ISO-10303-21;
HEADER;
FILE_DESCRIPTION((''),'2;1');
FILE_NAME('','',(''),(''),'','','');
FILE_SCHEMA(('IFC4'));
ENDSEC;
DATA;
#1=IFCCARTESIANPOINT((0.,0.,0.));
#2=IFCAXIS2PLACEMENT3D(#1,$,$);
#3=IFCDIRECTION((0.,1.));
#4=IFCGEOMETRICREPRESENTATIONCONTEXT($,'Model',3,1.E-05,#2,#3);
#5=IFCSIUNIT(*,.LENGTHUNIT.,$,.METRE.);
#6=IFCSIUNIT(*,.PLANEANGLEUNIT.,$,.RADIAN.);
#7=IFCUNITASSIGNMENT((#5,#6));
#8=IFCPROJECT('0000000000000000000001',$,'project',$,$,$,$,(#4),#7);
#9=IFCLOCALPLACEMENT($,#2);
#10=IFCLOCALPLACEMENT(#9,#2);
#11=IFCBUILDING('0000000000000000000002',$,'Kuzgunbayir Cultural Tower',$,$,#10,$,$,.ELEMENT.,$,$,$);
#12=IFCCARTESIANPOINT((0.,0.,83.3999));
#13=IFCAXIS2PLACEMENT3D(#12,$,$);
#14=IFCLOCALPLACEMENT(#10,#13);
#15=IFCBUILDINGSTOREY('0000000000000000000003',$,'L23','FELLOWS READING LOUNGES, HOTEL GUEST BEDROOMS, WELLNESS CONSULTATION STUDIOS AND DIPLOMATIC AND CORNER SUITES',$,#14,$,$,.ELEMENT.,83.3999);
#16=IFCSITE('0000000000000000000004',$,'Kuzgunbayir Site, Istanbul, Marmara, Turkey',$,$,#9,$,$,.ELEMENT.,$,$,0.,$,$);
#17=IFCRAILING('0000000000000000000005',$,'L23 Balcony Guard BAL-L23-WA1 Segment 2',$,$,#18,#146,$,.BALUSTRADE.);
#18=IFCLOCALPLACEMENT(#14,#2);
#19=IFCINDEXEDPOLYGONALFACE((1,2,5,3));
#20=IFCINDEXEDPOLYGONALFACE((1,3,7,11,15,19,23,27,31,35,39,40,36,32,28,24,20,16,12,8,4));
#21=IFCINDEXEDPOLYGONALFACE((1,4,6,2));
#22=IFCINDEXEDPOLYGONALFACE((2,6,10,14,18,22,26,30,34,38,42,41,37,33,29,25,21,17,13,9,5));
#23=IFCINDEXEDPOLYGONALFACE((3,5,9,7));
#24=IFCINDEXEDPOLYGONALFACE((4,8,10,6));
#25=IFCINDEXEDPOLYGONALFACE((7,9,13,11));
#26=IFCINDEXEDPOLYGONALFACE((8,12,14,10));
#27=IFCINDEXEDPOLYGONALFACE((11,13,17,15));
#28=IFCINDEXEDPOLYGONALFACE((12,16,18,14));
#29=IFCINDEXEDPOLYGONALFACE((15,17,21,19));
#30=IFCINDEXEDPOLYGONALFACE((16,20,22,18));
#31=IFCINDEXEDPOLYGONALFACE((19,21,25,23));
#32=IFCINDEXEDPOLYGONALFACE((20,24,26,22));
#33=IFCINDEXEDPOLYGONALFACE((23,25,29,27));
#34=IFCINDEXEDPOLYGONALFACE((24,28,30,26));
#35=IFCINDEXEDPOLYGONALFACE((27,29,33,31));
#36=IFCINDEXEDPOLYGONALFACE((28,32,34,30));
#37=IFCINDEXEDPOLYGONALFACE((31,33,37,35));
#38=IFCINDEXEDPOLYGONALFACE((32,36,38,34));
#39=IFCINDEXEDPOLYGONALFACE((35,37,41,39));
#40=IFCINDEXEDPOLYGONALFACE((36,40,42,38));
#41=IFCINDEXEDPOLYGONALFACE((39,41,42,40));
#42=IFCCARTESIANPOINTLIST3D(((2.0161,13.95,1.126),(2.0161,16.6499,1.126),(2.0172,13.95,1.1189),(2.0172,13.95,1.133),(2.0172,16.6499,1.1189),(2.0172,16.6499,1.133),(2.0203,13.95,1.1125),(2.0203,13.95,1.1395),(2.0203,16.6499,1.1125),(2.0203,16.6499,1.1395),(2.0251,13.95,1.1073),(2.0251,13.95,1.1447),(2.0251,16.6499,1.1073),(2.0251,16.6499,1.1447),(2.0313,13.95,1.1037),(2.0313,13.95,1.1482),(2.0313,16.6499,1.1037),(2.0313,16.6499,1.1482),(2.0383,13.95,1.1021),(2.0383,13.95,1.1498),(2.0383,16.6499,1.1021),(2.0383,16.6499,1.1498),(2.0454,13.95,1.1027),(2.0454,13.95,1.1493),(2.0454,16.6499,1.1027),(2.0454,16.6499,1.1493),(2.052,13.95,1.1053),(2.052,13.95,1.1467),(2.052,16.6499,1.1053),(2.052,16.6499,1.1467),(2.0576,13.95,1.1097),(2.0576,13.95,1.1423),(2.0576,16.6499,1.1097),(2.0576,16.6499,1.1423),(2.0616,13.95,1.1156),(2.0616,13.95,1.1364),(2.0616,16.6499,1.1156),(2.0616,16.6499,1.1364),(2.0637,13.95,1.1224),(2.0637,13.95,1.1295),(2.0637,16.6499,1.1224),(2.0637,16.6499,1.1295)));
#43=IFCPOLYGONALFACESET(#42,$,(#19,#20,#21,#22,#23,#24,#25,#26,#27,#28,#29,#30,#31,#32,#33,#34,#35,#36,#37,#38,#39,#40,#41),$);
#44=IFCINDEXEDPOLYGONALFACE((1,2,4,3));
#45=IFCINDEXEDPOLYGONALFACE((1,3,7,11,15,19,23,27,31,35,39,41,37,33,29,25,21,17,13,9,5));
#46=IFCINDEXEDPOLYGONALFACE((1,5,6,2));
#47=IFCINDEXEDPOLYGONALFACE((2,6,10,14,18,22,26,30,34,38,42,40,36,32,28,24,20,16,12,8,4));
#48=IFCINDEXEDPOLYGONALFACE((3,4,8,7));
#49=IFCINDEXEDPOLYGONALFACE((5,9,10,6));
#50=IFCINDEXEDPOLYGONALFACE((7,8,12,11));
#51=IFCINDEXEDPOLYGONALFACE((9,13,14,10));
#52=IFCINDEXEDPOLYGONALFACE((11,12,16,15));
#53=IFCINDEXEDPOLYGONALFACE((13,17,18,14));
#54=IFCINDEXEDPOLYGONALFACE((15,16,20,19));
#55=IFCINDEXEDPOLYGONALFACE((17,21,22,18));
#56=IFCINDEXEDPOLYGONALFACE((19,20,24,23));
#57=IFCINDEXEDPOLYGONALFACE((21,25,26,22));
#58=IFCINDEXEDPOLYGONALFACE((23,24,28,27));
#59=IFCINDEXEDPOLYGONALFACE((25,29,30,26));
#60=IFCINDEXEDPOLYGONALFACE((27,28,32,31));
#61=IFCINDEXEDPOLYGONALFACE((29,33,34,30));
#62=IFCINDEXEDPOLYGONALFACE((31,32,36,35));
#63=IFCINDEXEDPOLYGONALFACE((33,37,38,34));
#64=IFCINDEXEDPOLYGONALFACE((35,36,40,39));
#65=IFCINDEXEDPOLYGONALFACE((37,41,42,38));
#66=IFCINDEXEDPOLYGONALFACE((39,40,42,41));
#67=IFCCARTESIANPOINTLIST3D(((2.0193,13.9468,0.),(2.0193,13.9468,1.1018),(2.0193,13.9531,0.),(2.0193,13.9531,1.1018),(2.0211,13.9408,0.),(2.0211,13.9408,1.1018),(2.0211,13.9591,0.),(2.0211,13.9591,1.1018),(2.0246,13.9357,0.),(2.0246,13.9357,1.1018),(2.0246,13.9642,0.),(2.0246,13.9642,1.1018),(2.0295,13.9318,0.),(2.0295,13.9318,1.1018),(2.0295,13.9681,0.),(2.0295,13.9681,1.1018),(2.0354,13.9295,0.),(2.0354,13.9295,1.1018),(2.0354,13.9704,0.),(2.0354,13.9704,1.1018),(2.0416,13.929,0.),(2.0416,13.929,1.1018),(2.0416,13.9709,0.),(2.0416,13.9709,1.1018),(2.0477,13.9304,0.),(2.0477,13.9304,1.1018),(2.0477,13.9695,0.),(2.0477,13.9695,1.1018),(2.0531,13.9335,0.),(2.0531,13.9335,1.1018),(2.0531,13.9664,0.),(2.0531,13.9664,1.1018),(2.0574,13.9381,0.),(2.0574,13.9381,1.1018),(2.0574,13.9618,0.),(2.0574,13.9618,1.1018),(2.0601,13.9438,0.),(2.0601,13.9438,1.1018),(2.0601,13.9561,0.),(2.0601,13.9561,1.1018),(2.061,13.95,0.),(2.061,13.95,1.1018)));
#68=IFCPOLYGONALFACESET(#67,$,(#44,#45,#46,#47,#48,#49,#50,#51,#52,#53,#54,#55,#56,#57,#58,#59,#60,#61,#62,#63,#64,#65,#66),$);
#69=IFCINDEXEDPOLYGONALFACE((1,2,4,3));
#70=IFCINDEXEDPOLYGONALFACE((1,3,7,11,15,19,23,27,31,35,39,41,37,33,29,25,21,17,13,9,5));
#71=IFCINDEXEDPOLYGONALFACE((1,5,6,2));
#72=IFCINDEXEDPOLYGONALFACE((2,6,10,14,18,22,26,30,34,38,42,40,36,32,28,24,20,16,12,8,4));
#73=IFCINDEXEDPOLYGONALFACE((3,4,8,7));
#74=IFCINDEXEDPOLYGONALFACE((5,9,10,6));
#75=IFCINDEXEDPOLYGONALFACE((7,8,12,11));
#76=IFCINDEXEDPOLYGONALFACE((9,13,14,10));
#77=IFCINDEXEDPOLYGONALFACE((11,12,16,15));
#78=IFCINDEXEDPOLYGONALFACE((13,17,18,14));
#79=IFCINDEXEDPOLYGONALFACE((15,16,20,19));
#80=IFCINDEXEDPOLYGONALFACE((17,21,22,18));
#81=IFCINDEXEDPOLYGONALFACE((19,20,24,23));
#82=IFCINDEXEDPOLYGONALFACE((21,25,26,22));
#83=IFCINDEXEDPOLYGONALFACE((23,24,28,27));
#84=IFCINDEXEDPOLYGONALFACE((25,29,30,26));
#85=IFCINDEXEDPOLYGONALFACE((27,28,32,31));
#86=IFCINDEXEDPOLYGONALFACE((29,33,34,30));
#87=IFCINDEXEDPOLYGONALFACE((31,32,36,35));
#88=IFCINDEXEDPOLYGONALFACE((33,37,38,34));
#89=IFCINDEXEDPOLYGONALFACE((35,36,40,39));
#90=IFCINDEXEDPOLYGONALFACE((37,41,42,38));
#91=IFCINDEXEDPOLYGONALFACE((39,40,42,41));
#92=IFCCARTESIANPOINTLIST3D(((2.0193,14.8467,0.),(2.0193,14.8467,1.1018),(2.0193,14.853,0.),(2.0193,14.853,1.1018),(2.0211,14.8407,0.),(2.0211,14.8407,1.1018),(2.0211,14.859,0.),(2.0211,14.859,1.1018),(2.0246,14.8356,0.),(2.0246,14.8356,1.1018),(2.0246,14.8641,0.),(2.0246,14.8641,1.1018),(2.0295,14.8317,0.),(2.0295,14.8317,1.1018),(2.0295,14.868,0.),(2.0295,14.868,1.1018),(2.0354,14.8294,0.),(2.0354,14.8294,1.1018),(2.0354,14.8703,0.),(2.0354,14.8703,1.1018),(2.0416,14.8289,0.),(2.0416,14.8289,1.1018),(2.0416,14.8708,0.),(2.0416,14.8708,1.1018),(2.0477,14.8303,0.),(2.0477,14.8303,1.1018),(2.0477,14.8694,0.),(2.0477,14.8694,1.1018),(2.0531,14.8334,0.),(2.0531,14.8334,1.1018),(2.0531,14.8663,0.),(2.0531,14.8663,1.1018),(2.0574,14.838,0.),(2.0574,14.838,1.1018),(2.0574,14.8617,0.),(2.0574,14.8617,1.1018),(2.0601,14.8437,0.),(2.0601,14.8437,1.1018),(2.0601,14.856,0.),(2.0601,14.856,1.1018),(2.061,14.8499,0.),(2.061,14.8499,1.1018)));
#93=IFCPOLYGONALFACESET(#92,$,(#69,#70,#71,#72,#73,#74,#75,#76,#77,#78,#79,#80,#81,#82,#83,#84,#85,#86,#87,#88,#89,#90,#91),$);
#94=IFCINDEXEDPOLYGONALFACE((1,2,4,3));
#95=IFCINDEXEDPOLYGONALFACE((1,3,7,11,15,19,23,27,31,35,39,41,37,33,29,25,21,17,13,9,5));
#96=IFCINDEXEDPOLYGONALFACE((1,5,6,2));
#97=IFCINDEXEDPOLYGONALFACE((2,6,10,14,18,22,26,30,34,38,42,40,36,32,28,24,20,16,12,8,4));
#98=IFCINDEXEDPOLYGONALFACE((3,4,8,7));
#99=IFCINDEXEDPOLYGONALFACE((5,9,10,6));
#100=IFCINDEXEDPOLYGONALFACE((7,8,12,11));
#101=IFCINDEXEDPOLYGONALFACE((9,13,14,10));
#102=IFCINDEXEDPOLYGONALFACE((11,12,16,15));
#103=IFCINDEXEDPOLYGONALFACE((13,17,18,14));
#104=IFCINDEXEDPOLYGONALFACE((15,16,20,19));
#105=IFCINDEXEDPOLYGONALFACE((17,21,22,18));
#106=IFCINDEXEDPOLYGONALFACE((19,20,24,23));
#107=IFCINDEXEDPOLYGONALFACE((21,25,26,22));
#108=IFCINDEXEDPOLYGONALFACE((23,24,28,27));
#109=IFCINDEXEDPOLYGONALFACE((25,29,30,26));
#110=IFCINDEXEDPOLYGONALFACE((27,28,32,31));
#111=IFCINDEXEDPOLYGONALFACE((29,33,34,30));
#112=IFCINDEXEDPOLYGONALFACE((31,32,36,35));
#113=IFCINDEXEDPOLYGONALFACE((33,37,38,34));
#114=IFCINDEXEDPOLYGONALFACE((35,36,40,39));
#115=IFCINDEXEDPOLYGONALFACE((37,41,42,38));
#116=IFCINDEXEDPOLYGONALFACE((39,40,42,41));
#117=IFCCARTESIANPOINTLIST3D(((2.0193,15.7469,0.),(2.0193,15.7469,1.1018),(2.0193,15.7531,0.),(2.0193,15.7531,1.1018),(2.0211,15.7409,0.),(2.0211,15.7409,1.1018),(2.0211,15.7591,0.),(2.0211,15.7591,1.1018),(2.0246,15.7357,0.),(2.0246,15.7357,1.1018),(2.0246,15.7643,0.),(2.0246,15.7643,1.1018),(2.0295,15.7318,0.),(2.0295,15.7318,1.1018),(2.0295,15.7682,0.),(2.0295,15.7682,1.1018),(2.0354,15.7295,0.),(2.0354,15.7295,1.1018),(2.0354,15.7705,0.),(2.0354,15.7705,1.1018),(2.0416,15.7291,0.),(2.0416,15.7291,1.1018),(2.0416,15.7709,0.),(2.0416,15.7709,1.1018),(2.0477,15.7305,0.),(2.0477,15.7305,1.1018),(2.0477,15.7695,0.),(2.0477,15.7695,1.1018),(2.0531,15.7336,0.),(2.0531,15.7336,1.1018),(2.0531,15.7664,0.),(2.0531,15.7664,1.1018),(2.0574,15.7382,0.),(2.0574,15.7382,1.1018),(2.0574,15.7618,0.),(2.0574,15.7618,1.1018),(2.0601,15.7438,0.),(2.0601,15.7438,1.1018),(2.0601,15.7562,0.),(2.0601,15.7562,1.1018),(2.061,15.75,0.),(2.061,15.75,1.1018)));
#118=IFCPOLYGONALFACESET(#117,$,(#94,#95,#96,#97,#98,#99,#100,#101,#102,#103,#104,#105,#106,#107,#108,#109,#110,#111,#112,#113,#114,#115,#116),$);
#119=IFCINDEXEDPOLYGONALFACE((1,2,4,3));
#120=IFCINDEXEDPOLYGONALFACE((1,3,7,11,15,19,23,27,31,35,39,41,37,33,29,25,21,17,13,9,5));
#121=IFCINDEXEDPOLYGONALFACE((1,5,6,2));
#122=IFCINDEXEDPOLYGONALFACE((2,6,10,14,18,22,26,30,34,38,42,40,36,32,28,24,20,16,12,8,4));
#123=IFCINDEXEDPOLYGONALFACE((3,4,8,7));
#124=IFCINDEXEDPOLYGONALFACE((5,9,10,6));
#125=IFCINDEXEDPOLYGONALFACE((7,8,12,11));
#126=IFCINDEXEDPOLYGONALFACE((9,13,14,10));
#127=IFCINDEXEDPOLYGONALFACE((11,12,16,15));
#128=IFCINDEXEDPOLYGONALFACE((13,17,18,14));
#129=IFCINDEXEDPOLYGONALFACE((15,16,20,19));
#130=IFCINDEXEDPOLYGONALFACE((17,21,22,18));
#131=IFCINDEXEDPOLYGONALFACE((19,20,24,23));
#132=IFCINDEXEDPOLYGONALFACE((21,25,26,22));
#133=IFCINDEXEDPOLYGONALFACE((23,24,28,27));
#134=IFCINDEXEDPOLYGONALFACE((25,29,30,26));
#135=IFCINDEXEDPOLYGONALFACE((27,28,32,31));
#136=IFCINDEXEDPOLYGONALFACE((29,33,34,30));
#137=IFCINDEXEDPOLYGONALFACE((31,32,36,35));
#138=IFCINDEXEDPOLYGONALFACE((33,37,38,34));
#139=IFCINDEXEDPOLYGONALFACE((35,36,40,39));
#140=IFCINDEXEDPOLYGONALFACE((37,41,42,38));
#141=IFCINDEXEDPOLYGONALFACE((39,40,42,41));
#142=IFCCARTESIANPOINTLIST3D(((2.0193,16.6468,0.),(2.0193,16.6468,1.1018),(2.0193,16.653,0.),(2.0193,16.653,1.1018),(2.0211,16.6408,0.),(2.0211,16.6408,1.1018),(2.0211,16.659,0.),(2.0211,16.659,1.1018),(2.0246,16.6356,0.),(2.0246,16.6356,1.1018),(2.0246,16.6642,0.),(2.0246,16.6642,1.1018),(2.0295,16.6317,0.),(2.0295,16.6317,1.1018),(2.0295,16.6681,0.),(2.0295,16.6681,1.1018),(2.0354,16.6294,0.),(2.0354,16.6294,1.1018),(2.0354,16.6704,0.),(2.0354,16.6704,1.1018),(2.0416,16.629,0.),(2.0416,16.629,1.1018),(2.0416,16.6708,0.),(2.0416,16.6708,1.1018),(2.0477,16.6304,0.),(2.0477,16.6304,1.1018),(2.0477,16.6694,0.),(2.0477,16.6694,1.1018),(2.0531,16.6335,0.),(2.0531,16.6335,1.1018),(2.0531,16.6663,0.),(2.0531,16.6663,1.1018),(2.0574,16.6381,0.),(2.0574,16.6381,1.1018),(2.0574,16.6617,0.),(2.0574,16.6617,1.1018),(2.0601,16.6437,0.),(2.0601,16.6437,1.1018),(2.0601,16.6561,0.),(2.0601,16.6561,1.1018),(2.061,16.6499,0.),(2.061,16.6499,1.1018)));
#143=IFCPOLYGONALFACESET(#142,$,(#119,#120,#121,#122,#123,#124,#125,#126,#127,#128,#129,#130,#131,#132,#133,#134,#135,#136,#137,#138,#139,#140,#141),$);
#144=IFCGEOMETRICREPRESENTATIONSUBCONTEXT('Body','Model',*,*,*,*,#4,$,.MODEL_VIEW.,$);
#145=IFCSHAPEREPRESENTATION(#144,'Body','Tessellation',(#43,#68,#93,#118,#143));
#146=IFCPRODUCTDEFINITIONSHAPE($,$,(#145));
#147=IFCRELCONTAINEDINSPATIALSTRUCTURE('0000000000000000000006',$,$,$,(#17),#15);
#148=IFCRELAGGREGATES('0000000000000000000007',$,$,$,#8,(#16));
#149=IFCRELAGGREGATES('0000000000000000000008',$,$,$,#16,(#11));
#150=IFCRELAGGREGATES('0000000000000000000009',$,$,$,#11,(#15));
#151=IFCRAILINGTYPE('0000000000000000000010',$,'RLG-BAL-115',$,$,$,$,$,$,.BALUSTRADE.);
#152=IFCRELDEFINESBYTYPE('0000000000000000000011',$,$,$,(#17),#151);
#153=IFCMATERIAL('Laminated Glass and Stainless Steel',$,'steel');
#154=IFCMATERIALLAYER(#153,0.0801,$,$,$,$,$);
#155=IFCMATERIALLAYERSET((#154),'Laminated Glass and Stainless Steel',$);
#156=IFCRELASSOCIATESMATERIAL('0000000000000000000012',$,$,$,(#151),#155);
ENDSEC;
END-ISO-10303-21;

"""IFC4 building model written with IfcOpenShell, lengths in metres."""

from ifc_helpers import new_model, si_unit, direction, frame, origin, origin_2d, place, context, subcontext, project, spatial, circle, extrude, material, layer, layer_set, type_object, element, save


model = new_model("IFC4")

# Units and contexts
model_context = context("Model", 3, precision=1e-05, world=origin(), true_north=direction((0.0, 1.0)))
body_context = subcontext(model_context, "Body", "Model", "MODEL_VIEW")
ifc_project = project(units=[si_unit("LENGTHUNIT", "METRE"), si_unit("PLANEANGLEUNIT", "RADIAN")], contexts=[model_context])

# Site, building, storey
site_placement = place(None, origin())
site = spatial("IfcSite", under=ifc_project, at=site_placement, Name="Kuzgunbayir Site, Istanbul, Marmara, Turkey", CompositionType="ELEMENT", RefElevation=0.0)
building_placement = place(site_placement, origin())
building = spatial("IfcBuilding", under=site, at=building_placement, Name="Kuzgunbayir Cultural Tower", CompositionType="ELEMENT")
storey_placement = place(building_placement, frame((0.0, 0.0, 83.3999)))
storey = spatial("IfcBuildingStorey", under=building, at=storey_placement, Name="L23", Description="FELLOWS READING LOUNGES, HOTEL GUEST BEDROOMS, WELLNESS CONSULTATION STUDIOS AND DIPLOMATIC AND CORNER SUITES", CompositionType="ELEMENT", Elevation=83.3999)

# Railing
ifc_material_1 = material(Name="Laminated Glass and Stainless Steel", Category="steel")
ifc_layer_1 = layer(ifc_material_1, 0.0801)
ifc_layer_set_1 = layer_set([ifc_layer_1], Name="Laminated Glass and Stainless Steel")
railing_type = type_object("IfcRailingType", Name="RLG-BAL-115", PredefinedType="BALUSTRADE", material=ifc_layer_set_1)
railing_1_placement = place(storey_placement, frame((2.04, 13.95, 0.0)))
element("IfcRailing", 1, at=railing_1_placement, inside=storey, type_object=railing_type, Name="L23 Balcony Guard BAL-L23-WA1 Segment 2", PredefinedType="BALUSTRADE", context=body_context, shape_type="SweptSolid", body=[
    extrude(circle(Radius=0.0239, at=origin_2d()), frame((0.0, 0.0, 1.126), z_axis=(0.0, 1.0, 0.0), x_axis=(-1.0, 0.0, 0.0)), (0.0, 0.0, 1.0), 2.7),
    extrude(circle(Radius=0.021, at=origin_2d()), origin(), (0.0, 0.0, 1.0), 1.1018),
    extrude(circle(Radius=0.021, at=origin_2d()), frame((0.0, 0.8999, 0.0)), (0.0, 0.0, 1.0), 1.1018),
    extrude(circle(Radius=0.021, at=origin_2d()), frame((0.0, 1.8, 0.0)), (0.0, 0.0, 1.0), 1.1018),
    extrude(circle(Radius=0.021, at=origin_2d()), frame((0.0, 2.7, 0.0)), (0.0, 0.0, 1.0), 1.1018),
])

save(model, "model.ifc")
